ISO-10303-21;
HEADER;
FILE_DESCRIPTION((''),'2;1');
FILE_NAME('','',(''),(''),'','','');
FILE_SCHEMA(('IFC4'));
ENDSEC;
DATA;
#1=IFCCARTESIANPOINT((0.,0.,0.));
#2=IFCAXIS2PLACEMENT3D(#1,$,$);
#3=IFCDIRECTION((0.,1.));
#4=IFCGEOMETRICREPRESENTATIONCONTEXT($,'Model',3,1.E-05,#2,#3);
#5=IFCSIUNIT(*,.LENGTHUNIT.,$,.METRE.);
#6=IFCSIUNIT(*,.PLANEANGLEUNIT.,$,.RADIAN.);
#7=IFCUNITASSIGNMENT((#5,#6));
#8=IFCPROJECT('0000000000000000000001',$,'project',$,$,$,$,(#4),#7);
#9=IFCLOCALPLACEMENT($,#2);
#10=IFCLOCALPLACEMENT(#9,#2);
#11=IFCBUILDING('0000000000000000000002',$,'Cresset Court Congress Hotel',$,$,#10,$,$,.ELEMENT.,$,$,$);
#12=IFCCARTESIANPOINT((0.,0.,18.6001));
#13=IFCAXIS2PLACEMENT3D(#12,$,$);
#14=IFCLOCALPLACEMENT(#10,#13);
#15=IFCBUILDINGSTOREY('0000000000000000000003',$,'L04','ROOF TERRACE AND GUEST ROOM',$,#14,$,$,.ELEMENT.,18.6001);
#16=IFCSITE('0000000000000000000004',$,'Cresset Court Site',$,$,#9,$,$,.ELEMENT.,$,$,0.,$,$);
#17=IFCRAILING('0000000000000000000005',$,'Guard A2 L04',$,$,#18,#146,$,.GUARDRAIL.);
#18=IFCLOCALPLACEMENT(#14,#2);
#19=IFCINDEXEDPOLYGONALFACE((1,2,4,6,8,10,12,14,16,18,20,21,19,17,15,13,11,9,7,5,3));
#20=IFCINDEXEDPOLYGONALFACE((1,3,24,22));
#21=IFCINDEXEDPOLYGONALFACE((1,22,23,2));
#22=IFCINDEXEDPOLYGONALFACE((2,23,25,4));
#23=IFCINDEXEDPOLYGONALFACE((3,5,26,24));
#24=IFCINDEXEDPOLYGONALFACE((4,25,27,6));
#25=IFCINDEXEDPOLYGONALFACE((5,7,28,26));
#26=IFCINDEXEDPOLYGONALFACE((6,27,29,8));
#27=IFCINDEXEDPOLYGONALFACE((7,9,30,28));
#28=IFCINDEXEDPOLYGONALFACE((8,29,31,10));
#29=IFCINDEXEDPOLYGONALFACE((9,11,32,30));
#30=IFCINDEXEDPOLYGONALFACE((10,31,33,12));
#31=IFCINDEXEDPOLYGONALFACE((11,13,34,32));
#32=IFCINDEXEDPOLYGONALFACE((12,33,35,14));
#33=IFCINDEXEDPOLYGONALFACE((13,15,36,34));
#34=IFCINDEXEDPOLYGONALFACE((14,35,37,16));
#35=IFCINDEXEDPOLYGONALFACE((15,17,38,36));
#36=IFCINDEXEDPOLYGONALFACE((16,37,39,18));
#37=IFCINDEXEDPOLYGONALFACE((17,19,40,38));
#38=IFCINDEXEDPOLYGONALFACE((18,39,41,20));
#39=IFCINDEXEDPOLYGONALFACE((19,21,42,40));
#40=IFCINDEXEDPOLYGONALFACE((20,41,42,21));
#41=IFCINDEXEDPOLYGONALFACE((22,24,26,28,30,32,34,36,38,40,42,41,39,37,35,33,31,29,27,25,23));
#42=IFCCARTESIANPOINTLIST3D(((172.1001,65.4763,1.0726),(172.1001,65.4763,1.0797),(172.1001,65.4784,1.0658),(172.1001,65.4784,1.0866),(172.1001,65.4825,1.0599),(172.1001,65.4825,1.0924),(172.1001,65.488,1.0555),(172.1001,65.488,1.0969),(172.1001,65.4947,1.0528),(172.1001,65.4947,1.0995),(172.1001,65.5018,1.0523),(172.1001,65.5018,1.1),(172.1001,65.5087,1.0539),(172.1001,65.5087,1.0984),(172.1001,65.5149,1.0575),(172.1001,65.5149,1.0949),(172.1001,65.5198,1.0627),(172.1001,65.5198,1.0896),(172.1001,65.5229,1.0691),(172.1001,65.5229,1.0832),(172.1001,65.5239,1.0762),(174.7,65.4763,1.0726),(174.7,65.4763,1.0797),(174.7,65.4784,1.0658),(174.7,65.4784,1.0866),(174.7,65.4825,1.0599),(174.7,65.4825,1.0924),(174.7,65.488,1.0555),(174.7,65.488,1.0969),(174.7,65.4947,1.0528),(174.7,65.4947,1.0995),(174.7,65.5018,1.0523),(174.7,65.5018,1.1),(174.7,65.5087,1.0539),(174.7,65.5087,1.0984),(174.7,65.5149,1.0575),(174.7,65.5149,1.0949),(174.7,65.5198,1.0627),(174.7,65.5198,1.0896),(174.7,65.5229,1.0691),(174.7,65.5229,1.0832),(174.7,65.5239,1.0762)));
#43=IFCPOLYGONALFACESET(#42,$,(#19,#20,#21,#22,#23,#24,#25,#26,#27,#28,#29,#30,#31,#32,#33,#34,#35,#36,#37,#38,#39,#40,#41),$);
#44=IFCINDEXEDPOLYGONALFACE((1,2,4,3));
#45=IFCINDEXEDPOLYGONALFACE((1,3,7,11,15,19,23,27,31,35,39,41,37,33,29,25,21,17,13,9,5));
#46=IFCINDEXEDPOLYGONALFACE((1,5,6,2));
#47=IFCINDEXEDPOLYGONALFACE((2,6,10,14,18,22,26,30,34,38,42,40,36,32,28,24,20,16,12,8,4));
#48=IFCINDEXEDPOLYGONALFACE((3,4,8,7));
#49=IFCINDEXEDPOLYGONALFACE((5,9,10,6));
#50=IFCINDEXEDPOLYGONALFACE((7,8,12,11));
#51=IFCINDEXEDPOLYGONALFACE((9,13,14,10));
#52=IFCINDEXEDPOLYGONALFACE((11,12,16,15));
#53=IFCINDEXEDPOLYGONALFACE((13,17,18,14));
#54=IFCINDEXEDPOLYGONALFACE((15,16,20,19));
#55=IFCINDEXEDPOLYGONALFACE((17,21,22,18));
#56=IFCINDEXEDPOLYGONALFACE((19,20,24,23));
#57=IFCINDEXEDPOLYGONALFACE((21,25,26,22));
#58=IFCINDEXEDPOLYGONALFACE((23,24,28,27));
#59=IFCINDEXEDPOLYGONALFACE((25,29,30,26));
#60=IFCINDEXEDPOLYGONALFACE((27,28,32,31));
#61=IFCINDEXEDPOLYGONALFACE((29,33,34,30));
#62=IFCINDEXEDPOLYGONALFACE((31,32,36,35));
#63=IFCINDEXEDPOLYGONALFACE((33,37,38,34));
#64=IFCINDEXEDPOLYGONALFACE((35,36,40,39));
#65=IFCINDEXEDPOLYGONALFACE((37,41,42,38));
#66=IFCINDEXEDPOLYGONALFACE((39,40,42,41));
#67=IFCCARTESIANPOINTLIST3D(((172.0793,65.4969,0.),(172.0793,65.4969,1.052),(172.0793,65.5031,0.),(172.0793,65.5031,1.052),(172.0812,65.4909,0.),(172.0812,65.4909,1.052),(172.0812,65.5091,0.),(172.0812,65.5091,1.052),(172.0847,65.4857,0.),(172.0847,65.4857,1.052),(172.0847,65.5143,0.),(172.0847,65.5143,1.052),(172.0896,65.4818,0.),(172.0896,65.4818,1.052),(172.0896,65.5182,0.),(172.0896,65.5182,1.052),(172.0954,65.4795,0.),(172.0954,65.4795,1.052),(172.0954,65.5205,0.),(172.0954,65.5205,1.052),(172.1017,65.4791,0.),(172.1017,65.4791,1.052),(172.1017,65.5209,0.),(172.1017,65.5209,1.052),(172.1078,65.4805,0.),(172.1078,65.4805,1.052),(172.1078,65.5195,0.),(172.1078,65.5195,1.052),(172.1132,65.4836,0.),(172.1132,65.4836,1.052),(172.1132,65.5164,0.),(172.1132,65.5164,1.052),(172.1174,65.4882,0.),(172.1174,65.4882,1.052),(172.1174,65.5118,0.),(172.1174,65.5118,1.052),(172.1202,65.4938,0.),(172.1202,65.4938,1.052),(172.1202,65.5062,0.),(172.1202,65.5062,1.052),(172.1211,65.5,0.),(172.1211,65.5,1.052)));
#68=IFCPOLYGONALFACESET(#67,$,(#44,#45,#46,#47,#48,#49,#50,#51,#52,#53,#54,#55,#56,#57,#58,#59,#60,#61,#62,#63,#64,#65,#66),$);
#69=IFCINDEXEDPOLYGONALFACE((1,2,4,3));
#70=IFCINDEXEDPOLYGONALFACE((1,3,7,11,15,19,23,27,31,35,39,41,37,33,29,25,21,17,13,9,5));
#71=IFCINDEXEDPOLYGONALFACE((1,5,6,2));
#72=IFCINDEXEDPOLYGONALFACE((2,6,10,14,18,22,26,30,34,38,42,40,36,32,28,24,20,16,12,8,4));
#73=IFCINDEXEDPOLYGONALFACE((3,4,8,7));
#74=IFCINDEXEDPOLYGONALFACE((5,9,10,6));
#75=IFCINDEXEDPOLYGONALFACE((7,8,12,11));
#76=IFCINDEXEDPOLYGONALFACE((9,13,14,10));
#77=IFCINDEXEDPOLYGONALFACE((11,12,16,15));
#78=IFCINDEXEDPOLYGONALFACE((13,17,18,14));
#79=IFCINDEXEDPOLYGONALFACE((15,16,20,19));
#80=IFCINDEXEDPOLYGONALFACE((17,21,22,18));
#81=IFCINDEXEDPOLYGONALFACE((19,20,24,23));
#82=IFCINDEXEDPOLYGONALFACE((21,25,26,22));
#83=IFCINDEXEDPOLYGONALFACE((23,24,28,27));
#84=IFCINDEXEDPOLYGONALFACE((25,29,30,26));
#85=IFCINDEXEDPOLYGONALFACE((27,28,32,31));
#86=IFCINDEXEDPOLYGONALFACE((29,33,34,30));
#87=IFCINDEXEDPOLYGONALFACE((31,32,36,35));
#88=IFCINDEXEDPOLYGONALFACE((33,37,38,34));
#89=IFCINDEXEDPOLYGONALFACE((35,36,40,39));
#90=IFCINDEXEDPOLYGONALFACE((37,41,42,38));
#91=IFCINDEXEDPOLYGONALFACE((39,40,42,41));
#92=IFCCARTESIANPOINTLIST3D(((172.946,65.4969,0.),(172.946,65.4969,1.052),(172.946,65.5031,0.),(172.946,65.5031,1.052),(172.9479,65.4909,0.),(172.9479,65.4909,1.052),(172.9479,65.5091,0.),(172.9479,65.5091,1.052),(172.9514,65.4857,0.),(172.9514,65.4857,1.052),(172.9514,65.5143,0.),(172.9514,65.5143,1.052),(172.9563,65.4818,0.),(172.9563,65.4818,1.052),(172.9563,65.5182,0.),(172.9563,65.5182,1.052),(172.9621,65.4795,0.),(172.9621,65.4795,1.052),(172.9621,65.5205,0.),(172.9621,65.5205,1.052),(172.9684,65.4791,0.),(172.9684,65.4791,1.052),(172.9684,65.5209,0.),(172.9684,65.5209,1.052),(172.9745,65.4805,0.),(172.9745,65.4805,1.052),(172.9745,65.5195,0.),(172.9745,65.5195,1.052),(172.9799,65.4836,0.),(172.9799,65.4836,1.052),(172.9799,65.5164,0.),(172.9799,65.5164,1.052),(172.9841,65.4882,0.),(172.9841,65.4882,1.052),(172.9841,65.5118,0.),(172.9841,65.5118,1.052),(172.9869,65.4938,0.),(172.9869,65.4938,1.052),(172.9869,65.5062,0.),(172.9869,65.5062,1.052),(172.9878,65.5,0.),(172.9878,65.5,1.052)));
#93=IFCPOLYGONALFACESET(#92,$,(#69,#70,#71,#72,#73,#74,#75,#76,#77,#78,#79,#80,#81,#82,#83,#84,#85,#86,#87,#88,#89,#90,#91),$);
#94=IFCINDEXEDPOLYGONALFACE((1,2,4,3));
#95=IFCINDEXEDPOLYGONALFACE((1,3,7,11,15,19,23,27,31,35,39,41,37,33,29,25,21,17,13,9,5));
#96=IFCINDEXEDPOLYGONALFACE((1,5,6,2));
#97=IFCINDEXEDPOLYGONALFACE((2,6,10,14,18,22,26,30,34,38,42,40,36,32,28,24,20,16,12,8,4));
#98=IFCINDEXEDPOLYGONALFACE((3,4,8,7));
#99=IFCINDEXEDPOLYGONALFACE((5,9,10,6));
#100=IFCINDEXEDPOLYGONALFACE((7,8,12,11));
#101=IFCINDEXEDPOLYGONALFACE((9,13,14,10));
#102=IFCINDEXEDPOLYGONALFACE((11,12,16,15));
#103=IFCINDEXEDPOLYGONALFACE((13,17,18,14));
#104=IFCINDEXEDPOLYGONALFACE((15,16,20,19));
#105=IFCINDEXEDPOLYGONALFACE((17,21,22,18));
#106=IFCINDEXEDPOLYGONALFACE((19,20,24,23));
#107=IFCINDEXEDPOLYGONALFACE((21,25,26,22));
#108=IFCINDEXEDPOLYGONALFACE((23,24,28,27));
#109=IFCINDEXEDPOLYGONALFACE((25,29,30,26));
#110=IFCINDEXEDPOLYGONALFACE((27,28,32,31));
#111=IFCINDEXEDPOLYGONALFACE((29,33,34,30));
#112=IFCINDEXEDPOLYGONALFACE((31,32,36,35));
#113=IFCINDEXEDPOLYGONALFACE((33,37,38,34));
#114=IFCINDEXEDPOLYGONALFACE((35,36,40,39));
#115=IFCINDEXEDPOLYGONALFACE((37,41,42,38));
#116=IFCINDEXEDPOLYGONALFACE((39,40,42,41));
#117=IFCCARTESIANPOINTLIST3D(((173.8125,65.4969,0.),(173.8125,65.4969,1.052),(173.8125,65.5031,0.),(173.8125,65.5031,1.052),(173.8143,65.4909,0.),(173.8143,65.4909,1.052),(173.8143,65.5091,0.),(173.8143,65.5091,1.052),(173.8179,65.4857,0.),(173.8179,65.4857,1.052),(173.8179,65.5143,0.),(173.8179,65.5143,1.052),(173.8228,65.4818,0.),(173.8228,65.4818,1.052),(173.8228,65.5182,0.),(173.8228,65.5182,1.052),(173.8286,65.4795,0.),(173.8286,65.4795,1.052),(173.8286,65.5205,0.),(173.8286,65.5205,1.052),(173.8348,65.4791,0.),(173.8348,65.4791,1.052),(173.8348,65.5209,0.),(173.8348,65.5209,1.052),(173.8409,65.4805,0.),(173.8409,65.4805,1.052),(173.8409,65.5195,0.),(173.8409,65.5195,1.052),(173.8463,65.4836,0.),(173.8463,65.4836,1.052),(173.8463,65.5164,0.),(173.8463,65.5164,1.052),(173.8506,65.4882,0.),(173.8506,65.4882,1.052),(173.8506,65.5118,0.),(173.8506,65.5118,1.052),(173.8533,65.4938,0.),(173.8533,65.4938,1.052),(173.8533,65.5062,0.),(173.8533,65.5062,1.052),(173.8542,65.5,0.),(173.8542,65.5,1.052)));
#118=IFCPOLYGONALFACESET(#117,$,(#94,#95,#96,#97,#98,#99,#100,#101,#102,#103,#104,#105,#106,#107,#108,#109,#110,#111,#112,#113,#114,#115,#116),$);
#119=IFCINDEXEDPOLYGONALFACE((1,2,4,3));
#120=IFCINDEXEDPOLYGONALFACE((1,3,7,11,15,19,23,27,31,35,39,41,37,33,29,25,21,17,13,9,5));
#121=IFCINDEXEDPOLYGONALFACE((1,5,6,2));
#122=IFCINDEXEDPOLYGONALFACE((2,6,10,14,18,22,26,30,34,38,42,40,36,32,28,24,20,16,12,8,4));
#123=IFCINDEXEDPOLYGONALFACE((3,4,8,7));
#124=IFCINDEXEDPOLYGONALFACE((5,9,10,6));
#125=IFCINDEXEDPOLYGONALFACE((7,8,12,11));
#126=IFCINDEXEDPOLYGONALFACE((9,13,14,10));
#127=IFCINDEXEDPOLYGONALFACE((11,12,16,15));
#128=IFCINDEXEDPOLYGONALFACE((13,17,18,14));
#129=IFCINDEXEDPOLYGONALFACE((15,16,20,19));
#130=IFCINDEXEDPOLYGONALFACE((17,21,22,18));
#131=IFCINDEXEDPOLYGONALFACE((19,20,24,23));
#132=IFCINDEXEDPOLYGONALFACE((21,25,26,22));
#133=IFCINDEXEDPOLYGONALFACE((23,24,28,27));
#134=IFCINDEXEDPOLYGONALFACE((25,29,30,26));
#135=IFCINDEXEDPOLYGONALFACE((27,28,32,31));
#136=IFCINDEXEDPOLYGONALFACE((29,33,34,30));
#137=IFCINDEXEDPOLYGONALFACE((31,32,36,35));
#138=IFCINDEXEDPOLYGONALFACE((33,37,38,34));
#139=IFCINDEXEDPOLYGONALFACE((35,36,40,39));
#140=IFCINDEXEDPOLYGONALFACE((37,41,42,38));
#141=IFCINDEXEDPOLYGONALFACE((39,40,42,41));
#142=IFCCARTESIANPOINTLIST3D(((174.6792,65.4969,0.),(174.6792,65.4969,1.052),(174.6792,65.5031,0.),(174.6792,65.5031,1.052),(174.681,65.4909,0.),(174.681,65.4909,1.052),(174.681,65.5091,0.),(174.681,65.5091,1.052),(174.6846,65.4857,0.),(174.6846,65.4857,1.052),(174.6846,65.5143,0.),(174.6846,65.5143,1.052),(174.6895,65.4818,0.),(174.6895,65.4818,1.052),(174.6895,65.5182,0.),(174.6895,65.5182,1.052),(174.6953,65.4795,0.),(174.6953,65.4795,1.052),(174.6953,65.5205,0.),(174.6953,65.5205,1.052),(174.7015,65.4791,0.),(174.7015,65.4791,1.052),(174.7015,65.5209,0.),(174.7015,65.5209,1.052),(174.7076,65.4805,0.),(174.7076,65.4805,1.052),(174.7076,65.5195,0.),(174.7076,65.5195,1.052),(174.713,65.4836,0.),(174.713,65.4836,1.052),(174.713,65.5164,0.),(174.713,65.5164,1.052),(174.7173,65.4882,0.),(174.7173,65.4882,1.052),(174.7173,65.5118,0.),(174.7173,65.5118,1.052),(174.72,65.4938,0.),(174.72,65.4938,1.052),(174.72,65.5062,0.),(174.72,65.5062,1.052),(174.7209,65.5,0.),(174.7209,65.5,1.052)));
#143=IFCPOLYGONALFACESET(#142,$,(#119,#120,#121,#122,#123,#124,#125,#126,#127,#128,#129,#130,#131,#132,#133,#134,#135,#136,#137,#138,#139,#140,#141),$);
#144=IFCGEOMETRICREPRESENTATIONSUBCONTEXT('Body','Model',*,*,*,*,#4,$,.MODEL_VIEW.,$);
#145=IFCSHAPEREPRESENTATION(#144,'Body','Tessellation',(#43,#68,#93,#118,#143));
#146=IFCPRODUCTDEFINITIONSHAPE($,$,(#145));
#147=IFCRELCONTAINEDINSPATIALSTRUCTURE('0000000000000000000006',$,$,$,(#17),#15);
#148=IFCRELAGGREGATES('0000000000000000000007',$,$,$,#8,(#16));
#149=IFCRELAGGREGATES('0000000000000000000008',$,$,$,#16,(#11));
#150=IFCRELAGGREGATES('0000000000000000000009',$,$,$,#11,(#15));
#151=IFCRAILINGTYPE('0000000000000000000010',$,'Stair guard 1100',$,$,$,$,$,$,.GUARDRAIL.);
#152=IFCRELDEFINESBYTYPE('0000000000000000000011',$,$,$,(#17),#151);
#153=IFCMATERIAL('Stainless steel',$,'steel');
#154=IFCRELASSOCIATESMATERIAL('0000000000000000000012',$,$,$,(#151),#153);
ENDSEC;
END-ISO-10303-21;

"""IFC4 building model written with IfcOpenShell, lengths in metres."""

from ifc_helpers import new_model, si_unit, direction, frame, origin, origin_2d, place, context, subcontext, project, spatial, circle, extrude, material, type_object, element, save


model = new_model("IFC4")

# Units and contexts
model_context = context("Model", 3, precision=1e-05, world=origin(), true_north=direction((0.0, 1.0)))
body_context = subcontext(model_context, "Body", "Model", "MODEL_VIEW")
ifc_project = project(units=[si_unit("LENGTHUNIT", "METRE"), si_unit("PLANEANGLEUNIT", "RADIAN")], contexts=[model_context])

# Site, building, storey
site_placement = place(None, origin())
site = spatial("IfcSite", under=ifc_project, at=site_placement, Name="Cresset Court Site", CompositionType="ELEMENT", RefElevation=0.0)
building_placement = place(site_placement, origin())
building = spatial("IfcBuilding", under=site, at=building_placement, Name="Cresset Court Congress Hotel", CompositionType="ELEMENT")
storey_placement = place(building_placement, frame((0.0, 0.0, 18.6001)))
storey = spatial("IfcBuildingStorey", under=building, at=storey_placement, Name="L04", Description="ROOF TERRACE AND GUEST ROOM", CompositionType="ELEMENT", Elevation=18.6001)

# Railing
ifc_material_1 = material(Name="Stainless steel", Category="steel")
railing_type_1 = type_object("IfcRailingType", Name="Stair guard 1100", PredefinedType="GUARDRAIL", material=ifc_material_1)
for number, where, name in (
    (1, (172.1001, 65.5, 0.0), "Guard A2 L04"),
):
    element("IfcRailing", number, at=place(storey_placement, frame(where)), inside=storey, type_object=railing_type_1, Name=name, PredefinedType="GUARDRAIL", context=body_context, shape_type="SweptSolid", body=[
        extrude(circle(Radius=0.0239, at=origin_2d()), frame((0.0, 0.0, 1.0762), z_axis=(1.0, 0.0, 0.0), x_axis=(0.0, 1.0, 0.0)), (0.0, 0.0, 1.0), 2.5999),
        extrude(circle(Radius=0.021, at=origin_2d()), origin(), (0.0, 0.0, 1.0), 1.052),
        extrude(circle(Radius=0.021, at=origin_2d()), frame((0.8667, 0.0, 0.0)), (0.0, 0.0, 1.0), 1.052),
        extrude(circle(Radius=0.021, at=origin_2d()), frame((1.7332, 0.0, 0.0)), (0.0, 0.0, 1.0), 1.052),
        extrude(circle(Radius=0.021, at=origin_2d()), frame((2.5999, 0.0, 0.0)), (0.0, 0.0, 1.0), 1.052),
    ])

save(model, "model.ifc")
